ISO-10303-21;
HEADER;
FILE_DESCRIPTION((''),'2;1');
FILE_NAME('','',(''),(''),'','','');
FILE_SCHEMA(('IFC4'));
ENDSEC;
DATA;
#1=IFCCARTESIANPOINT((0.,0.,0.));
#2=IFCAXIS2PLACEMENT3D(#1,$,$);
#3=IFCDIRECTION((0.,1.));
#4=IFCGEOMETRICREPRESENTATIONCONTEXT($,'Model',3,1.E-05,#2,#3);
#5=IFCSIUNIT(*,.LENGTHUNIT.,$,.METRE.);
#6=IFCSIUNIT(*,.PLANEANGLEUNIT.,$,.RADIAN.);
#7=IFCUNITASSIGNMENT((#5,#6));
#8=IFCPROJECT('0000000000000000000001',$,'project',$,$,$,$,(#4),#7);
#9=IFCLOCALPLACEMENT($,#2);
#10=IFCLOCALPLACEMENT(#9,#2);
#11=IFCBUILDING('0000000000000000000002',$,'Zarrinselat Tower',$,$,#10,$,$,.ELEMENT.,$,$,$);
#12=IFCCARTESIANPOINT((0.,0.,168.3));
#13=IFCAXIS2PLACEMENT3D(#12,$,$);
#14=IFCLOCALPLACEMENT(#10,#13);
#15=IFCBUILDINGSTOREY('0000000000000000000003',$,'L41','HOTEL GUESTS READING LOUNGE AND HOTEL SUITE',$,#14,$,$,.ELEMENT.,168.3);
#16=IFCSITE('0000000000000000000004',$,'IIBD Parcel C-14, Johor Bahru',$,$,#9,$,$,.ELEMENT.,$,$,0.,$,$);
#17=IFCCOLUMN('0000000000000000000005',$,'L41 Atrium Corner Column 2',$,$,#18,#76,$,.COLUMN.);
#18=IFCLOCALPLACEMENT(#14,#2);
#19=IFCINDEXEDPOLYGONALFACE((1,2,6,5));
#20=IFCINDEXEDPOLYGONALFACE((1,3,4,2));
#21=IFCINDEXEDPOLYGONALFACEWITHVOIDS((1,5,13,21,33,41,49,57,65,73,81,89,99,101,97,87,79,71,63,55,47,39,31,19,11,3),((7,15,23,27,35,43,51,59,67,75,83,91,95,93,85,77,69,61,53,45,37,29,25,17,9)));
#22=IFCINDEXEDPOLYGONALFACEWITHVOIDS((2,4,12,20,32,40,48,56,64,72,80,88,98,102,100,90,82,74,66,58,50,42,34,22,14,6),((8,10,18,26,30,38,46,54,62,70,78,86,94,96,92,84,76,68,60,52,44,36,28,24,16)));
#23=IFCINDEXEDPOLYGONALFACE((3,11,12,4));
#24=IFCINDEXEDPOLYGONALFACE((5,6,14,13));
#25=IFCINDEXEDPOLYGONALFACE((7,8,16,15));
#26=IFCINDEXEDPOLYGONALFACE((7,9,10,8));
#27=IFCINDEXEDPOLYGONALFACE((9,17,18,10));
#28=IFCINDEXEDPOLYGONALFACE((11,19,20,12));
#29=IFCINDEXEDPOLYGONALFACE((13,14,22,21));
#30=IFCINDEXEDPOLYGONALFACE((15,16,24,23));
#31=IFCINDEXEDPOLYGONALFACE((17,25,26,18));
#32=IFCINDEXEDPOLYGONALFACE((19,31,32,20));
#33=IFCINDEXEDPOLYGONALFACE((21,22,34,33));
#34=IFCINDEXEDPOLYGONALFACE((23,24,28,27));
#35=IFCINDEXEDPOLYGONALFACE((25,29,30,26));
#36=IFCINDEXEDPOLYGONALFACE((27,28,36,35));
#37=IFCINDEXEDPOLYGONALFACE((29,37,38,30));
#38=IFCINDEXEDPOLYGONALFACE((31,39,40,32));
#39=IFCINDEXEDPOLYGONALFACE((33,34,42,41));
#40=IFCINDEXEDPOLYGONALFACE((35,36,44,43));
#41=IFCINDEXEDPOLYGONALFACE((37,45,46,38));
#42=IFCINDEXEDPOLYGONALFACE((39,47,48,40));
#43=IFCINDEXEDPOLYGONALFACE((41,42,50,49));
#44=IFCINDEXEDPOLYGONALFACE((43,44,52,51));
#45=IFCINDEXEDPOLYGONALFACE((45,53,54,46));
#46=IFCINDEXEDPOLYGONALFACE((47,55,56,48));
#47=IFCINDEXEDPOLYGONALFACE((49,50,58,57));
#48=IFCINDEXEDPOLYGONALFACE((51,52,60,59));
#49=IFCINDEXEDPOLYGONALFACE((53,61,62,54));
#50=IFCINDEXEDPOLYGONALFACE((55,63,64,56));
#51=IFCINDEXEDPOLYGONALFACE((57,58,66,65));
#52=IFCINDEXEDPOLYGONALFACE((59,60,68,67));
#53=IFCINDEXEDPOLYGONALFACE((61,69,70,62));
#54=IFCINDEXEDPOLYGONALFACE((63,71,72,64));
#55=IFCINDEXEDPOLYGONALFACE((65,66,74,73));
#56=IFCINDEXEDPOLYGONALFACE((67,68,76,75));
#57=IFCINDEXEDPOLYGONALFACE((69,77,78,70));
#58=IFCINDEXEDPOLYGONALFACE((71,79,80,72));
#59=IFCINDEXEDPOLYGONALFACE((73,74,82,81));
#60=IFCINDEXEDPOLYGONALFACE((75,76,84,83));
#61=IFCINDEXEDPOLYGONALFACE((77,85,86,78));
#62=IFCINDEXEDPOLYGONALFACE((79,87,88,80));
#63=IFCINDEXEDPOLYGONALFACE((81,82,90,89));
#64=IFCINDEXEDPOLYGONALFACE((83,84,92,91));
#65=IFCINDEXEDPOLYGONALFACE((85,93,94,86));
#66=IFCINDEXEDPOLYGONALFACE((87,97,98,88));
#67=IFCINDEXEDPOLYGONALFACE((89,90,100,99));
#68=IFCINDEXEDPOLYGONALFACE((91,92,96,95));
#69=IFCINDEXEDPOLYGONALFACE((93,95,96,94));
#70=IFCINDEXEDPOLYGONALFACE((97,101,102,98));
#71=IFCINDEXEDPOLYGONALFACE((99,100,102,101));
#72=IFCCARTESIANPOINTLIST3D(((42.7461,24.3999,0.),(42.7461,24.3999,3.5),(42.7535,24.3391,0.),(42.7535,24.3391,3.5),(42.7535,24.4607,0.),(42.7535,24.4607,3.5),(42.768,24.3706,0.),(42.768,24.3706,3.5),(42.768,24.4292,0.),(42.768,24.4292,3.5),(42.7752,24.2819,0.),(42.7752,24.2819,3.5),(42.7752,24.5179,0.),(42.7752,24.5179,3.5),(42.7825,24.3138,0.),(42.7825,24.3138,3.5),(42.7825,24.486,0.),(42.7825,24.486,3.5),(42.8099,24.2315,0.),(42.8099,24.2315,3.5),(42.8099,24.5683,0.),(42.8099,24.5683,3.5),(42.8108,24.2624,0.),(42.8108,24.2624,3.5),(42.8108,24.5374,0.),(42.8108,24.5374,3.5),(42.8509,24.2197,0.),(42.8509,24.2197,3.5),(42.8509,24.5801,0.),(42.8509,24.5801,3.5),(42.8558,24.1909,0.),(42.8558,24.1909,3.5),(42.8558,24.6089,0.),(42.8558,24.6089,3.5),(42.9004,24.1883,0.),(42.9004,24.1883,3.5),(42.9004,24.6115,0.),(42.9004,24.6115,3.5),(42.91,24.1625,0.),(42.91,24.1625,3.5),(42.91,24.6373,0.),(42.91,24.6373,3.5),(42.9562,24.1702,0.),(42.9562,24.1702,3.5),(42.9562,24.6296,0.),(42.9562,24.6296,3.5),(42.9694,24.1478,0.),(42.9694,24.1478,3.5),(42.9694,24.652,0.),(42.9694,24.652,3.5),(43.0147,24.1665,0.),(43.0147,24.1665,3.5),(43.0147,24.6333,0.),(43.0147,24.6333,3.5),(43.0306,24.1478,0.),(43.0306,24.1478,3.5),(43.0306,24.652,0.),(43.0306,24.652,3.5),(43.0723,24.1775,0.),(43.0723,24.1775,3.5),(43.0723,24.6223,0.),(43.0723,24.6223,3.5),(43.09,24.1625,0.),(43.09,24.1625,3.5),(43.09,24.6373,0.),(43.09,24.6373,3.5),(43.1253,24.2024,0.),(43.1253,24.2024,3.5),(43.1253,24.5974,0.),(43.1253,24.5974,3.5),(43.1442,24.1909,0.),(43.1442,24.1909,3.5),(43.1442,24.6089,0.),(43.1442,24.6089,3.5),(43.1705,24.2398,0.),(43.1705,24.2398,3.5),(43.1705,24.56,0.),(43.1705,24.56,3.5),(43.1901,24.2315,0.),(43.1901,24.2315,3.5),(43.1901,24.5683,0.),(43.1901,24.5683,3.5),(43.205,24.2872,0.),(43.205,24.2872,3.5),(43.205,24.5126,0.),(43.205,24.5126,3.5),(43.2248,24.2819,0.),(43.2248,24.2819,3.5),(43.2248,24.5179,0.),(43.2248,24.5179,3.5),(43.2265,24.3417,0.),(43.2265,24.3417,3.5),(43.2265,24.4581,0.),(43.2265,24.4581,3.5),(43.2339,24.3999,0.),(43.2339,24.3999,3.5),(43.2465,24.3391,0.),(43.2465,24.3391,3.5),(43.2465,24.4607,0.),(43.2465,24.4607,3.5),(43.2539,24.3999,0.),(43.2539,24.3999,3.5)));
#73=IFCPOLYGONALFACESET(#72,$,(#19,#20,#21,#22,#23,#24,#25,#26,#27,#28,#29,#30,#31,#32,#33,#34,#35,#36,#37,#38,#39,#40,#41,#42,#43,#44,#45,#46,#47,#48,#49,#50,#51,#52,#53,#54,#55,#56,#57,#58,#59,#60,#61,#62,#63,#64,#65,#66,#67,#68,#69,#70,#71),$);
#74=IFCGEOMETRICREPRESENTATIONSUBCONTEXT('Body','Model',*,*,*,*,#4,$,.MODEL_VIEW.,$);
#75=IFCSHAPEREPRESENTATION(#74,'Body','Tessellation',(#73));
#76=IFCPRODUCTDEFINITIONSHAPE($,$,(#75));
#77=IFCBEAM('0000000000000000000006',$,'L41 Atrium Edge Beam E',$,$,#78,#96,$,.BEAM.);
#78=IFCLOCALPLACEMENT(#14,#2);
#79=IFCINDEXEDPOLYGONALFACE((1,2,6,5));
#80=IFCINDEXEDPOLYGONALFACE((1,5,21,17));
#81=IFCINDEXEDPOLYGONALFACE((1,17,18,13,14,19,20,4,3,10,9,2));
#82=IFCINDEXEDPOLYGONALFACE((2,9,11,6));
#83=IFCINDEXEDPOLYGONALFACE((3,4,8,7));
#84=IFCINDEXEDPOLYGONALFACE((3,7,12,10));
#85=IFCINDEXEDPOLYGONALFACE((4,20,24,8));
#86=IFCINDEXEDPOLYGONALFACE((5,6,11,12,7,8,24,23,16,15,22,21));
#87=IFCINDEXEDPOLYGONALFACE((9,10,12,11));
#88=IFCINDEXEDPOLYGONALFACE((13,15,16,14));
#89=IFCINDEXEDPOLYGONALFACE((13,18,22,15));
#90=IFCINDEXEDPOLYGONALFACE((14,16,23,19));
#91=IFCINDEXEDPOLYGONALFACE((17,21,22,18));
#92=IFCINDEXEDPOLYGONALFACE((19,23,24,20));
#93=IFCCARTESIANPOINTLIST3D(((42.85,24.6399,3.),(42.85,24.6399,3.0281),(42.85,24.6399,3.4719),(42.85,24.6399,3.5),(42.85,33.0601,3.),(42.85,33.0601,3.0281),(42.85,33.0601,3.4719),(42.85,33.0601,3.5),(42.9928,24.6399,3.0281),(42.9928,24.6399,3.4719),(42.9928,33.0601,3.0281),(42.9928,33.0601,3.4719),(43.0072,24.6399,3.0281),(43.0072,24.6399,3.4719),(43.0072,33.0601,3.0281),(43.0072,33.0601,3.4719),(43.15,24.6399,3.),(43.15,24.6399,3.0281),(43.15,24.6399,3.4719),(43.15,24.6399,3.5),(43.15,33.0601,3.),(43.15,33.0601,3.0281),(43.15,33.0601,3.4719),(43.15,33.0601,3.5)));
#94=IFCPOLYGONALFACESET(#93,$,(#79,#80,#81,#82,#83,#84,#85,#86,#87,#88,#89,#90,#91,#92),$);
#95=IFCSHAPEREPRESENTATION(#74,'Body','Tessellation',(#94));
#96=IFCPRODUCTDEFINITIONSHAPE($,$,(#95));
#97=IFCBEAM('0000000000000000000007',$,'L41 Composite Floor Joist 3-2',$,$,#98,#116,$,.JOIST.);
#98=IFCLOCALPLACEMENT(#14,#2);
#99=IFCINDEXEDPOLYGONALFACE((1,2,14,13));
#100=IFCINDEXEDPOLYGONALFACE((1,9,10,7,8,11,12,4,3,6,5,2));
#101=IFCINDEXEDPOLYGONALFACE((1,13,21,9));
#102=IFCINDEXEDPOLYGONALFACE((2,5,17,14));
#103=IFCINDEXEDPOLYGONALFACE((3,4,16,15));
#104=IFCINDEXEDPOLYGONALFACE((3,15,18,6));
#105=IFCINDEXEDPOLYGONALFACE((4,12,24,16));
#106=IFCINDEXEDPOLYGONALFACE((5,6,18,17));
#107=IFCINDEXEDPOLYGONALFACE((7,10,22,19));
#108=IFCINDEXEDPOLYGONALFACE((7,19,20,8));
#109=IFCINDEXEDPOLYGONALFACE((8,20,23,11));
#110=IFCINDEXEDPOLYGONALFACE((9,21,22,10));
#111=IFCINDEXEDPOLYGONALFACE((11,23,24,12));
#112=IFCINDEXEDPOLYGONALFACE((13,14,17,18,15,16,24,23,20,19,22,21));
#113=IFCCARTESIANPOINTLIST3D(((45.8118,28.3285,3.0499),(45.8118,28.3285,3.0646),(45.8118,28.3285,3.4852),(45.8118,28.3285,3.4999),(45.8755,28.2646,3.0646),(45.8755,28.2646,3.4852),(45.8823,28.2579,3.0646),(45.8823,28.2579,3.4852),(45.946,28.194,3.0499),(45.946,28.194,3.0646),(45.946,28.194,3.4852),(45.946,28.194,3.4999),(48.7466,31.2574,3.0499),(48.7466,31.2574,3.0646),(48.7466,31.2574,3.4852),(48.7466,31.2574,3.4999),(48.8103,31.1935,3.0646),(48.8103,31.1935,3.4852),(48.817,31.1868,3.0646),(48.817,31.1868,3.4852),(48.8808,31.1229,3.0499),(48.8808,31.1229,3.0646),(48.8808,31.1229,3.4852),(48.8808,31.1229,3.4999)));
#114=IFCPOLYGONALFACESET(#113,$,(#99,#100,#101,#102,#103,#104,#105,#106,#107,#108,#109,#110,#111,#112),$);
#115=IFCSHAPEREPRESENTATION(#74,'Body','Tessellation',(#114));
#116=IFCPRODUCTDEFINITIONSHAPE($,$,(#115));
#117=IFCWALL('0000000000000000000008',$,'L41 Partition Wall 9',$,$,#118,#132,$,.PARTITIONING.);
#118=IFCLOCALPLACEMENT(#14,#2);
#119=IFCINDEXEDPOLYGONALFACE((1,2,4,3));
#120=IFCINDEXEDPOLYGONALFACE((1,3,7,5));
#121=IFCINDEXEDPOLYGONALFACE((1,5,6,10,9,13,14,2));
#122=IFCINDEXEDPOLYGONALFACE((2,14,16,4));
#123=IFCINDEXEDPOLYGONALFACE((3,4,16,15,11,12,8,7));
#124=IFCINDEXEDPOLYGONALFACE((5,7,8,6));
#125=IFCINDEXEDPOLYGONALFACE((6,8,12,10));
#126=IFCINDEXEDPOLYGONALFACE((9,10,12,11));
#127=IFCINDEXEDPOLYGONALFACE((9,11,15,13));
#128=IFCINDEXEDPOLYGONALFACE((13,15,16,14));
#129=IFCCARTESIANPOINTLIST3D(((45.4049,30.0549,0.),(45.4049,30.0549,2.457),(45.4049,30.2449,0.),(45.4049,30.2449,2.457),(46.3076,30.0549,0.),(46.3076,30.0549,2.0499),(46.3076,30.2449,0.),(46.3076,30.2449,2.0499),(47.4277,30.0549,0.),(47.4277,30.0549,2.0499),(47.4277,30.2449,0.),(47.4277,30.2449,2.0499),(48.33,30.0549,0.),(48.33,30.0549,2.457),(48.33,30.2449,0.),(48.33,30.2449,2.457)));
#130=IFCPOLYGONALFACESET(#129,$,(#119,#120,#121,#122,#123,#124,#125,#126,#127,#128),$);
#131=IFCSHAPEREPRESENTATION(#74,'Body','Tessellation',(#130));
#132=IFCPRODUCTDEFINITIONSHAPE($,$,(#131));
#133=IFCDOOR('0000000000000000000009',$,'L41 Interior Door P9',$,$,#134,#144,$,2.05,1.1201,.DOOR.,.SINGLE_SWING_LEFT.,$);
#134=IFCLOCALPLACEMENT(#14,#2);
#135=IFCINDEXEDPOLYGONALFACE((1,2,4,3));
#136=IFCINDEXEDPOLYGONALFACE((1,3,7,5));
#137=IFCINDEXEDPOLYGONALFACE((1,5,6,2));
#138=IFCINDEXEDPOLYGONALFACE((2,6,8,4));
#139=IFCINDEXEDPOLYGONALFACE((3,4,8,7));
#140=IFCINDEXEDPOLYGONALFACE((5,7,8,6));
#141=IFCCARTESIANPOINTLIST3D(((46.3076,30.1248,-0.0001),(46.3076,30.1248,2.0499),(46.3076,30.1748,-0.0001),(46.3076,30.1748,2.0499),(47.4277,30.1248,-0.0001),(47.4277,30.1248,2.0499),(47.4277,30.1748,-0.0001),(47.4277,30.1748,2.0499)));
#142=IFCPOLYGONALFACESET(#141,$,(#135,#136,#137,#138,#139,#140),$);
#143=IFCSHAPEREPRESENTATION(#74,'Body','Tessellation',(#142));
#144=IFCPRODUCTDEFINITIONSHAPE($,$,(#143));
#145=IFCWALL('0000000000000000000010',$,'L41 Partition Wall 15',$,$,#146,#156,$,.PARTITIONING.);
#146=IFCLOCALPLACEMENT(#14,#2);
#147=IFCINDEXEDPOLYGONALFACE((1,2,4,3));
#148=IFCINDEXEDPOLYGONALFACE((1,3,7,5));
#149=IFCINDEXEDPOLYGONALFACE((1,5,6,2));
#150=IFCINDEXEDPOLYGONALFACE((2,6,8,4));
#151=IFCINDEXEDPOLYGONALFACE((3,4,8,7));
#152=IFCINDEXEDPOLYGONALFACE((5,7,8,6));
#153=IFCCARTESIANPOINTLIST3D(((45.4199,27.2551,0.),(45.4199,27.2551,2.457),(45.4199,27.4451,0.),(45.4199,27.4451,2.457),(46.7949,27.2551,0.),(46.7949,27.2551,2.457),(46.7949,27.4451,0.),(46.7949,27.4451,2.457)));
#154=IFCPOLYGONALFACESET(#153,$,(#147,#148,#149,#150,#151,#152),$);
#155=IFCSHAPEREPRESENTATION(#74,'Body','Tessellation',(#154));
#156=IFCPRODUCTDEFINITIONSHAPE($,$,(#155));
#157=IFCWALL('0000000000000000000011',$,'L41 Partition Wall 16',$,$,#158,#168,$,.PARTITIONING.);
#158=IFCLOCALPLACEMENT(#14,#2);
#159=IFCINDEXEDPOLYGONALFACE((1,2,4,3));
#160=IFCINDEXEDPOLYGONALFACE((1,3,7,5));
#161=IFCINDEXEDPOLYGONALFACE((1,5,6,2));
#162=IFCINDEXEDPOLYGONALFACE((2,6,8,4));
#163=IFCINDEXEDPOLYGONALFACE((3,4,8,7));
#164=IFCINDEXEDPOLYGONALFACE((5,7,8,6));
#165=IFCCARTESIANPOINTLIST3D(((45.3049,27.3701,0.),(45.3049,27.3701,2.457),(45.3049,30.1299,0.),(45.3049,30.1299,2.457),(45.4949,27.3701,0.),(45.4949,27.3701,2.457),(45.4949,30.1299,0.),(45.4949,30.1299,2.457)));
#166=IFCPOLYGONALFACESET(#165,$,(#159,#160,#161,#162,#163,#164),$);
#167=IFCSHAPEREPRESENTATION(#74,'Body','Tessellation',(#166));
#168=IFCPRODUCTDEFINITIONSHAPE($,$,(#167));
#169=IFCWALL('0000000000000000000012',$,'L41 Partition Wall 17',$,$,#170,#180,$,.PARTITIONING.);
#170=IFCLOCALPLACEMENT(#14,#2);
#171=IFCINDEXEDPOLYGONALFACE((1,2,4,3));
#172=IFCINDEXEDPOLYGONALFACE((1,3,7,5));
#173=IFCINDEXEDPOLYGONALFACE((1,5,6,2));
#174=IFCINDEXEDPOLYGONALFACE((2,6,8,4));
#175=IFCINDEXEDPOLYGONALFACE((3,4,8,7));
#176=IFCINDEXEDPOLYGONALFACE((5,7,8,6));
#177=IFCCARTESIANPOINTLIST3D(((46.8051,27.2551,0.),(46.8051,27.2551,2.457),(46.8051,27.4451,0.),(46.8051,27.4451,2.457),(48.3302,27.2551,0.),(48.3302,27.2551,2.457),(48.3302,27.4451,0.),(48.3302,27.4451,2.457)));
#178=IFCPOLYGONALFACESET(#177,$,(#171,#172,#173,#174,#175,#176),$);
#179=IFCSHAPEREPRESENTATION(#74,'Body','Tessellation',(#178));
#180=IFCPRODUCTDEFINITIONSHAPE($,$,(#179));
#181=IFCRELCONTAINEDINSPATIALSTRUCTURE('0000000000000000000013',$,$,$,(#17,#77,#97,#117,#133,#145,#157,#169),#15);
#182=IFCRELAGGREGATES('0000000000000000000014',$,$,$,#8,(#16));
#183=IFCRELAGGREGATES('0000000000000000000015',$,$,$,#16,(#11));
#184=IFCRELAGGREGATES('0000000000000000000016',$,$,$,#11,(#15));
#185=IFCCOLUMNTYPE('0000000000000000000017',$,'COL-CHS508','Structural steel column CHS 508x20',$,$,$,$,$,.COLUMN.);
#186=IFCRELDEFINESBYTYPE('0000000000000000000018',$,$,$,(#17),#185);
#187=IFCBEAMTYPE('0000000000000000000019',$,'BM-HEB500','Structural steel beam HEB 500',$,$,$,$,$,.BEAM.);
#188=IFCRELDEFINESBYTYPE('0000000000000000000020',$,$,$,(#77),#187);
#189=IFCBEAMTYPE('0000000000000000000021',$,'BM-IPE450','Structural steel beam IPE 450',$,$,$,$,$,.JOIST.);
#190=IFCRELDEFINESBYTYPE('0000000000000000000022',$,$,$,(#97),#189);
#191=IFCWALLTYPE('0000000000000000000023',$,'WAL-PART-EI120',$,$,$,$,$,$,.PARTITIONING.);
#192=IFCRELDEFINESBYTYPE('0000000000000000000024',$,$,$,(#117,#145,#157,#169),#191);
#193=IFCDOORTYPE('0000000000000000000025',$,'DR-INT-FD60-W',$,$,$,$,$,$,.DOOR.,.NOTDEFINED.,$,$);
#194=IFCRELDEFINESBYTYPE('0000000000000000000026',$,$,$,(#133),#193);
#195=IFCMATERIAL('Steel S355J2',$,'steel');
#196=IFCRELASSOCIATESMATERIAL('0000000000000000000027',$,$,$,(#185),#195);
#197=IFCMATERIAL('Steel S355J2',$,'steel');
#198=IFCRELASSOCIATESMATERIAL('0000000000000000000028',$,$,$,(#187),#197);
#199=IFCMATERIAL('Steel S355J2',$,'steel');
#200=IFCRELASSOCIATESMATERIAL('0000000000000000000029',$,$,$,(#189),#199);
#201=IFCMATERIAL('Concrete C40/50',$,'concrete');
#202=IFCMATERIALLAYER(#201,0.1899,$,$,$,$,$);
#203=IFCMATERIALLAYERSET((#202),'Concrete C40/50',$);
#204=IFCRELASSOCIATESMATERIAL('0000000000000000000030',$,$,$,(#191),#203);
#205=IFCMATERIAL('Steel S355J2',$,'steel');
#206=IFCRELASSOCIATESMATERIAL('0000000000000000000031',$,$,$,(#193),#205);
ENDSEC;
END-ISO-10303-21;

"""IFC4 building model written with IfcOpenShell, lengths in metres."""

from ifc_helpers import new_model, si_unit, direction, frame, frame_2d, origin, origin_2d, place, context, subcontext, project, spatial, rectangle, hollow_circle, i_section, extrude, material, layer, layer_set, material_profile, profile_set, type_object, element, fill, save


model = new_model("IFC4")

# Units and contexts
model_context = context("Model", 3, precision=1e-05, world=origin(), true_north=direction((0.0, 1.0)))
body_context = subcontext(model_context, "Body", "Model", "MODEL_VIEW")
ifc_project = project(units=[si_unit("LENGTHUNIT", "METRE"), si_unit("PLANEANGLEUNIT", "RADIAN")], contexts=[model_context])

# Site, building, storey
site_placement = place(None, origin())
site = spatial("IfcSite", under=ifc_project, at=site_placement, Name="IIBD Parcel C-14, Johor Bahru", CompositionType="ELEMENT", RefElevation=0.0)
building_placement = place(site_placement, origin())
building = spatial("IfcBuilding", under=site, at=building_placement, Name="Zarrinselat Tower", CompositionType="ELEMENT")
storey_placement = place(building_placement, frame((0.0, 0.0, 168.3)))
storey = spatial("IfcBuildingStorey", under=building, at=storey_placement, Name="L41", Description="HOTEL GUESTS READING LOUNGE AND HOTEL SUITE", CompositionType="ELEMENT", Elevation=168.3)

# Column
ifc_material_1 = material(Name="Steel S355J2", Category="steel")
ifc_material_profile_1 = material_profile(ifc_material_1, hollow_circle(Radius=0.2539, WallThickness=0.02, at=origin_2d()), Name="CHS 508x20")
ifc_profile_set_1 = profile_set([ifc_material_profile_1], Name="Steel S355J2")
column_type = type_object("IfcColumnType", Name="COL-CHS508", Description="Structural steel column CHS 508x20", PredefinedType="COLUMN", material=ifc_profile_set_1)
column_placement = place(storey_placement, frame((43.0, 24.3999, 0.0), z_axis=(0.0, 0.0, 1.0), x_axis=(1.0, 0.0, 0.0)))
element("IfcColumn", 1, at=column_placement, inside=storey, type_object=column_type, Name="L41 Atrium Corner Column 2", PredefinedType="COLUMN", context=body_context, shape_type="SweptSolid", body=[
    extrude(hollow_circle(Radius=0.2539, WallThickness=0.02, at=origin_2d()), origin(), (0.0, 0.0, 1.0), 3.5),
])

# Beams
ifc_material_2 = material(Name="Steel S355J2", Category="steel")
ifc_material_profile_2 = material_profile(ifc_material_2, i_section(OverallWidth=0.3, OverallDepth=0.5, WebThickness=0.0144, FlangeThickness=0.0281, at=origin_2d()), Name="HEB 500")
ifc_profile_set_2 = profile_set([ifc_material_profile_2], Name="Steel S355J2")
beam_type_1 = type_object("IfcBeamType", Name="BM-HEB500", Description="Structural steel beam HEB 500", PredefinedType="BEAM", material=ifc_profile_set_2)
beam_1_placement = place(storey_placement, frame((43.0, 24.6399, 3.25), z_axis=(0.0, 1.0, 0.0), x_axis=(-1.0, 0.0, 0.0)))
element("IfcBeam", 2, at=beam_1_placement, inside=storey, type_object=beam_type_1, Name="L41 Atrium Edge Beam E", PredefinedType="BEAM", context=body_context, shape_type="SweptSolid", body=[
    extrude(i_section(OverallWidth=0.3, OverallDepth=0.5, WebThickness=0.0144, FlangeThickness=0.0281, at=origin_2d()), origin(), (0.0, 0.0, 1.0), 8.4202),
])
ifc_material_3 = material(Name="Steel S355J2", Category="steel")
ifc_material_profile_3 = material_profile(ifc_material_3, i_section(OverallWidth=0.1899, OverallDepth=0.45, WebThickness=0.0095, FlangeThickness=0.0146, at=origin_2d()), Name="IPE 450")
ifc_profile_set_3 = profile_set([ifc_material_profile_3], Name="Steel S355J2")
beam_type_2 = type_object("IfcBeamType", Name="BM-IPE450", Description="Structural steel beam IPE 450", PredefinedType="JOIST", material=ifc_profile_set_3)
beam_2_placement = place(storey_placement, frame((45.8789, 28.2612, 3.2749), z_axis=(0.707813, 0.7064, 0.0), x_axis=(-0.7064, 0.707813, 0.0)))
element("IfcBeam", 3, at=beam_2_placement, inside=storey, type_object=beam_type_2, Name="L41 Composite Floor Joist 3-2", PredefinedType="JOIST", context=body_context, shape_type="SweptSolid", body=[
    extrude(i_section(OverallWidth=0.1899, OverallDepth=0.45, WebThickness=0.0095, FlangeThickness=0.0146, at=origin_2d()), origin(), (0.0, 0.0, 1.0), 4.1462),
])

# Wall, opening, door
ifc_material_4 = material(Name="Concrete C40/50", Category="concrete")
ifc_layer_1 = layer(ifc_material_4, 0.1899)
ifc_layer_set_1 = layer_set([ifc_layer_1], Name="Concrete C40/50")
wall_type_1 = type_object("IfcWallType", Name="WAL-PART-EI120", PredefinedType="PARTITIONING", material=ifc_layer_set_1)
wall_1_placement = place(storey_placement, frame((45.405, 30.1499, 0.0), z_axis=(0.0, 0.0, 1.0), x_axis=(1.0, 0.0, 0.0)))
wall_1 = element("IfcWall", 4, at=wall_1_placement, inside=storey, type_object=wall_type_1, Name="L41 Partition Wall 9", PredefinedType="PARTITIONING", context=body_context, shape_type="SweptSolid", body=[
    extrude(rectangle(XDim=2.925, YDim=0.1899, at=frame_2d((1.4624, 0.0))), origin(), (0.0, 0.0, 1.0), 2.457),
])
opening_1_placement = place(wall_1_placement, frame((0.9026, 0.0, 0.0)))
opening_1 = element("IfcOpeningElement", 5, at=opening_1_placement, cuts=wall_1, PredefinedType="OPENING", context=body_context, shape_type="SweptSolid", body=[
    extrude(rectangle(XDim=1.1201, YDim=2.05, at=frame_2d((0.5601, 1.0249))), frame((0.0, 0.105, 0.0), z_axis=(0.0, -1.0, 0.0), x_axis=(1.0, 0.0, 0.0)), (0.0, 0.0, 1.0), 0.21),
])
ifc_material_5 = material(Name="Steel S355J2", Category="steel")
door_type_1 = type_object("IfcDoorType", Name="DR-INT-FD60-W", OperationType="NOTDEFINED", PredefinedType="DOOR", material=ifc_material_5)
door_1_placement = place(opening_1_placement, origin())
door_1 = element("IfcDoor", 6, at=door_1_placement, inside=storey, type_object=door_type_1, Name="L41 Interior Door P9", OperationType="SINGLE_SWING_LEFT", OverallHeight=2.05, OverallWidth=1.1201, PredefinedType="DOOR", context=body_context, shape_type="SweptSolid", body=[
    extrude(rectangle(XDim=1.1201, YDim=2.05, at=frame_2d((0.5601, 1.0249))), frame((0.0, 0.0249, 0.0), z_axis=(0.0, -1.0, 0.0), x_axis=(1.0, 0.0, 0.0)), (0.0, 0.0, 1.0), 0.05),
])
fill(opening_1, door_1)

# Walls
wall_2_placement = place(storey_placement, frame((45.4199, 27.3501, 0.0), z_axis=(0.0, 0.0, 1.0), x_axis=(1.0, 0.0, 0.0)))
element("IfcWall", 7, at=wall_2_placement, inside=storey, type_object=wall_type_1, Name="L41 Partition Wall 15", PredefinedType="PARTITIONING", context=body_context, shape_type="SweptSolid", body=[
    extrude(rectangle(XDim=1.375, YDim=0.1899, at=frame_2d((0.6875, 0.0))), origin(), (0.0, 0.0, 1.0), 2.457),
])
wall_3_placement = place(storey_placement, frame((45.3999, 27.3701, 0.0), z_axis=(0.0, 0.0, 1.0), x_axis=(0.0, 1.0, 0.0)))
element("IfcWall", 8, at=wall_3_placement, inside=storey, type_object=wall_type_1, Name="L41 Partition Wall 16", PredefinedType="PARTITIONING", context=body_context, shape_type="SweptSolid", body=[
    extrude(rectangle(XDim=2.7598, YDim=0.1899, at=frame_2d((1.3799, 0.0))), origin(), (0.0, 0.0, 1.0), 2.457),
])
wall_4_placement = place(storey_placement, frame((46.8049, 27.3501, 0.0), z_axis=(0.0, 0.0, 1.0), x_axis=(1.0, 0.0, 0.0)))
element("IfcWall", 9, at=wall_4_placement, inside=storey, type_object=wall_type_1, Name="L41 Partition Wall 17", PredefinedType="PARTITIONING", context=body_context, shape_type="SweptSolid", body=[
    extrude(rectangle(XDim=1.5251, YDim=0.1899, at=frame_2d((0.7627, 0.0))), origin(), (0.0, 0.0, 1.0), 2.457),
])

save(model, "model.ifc")
